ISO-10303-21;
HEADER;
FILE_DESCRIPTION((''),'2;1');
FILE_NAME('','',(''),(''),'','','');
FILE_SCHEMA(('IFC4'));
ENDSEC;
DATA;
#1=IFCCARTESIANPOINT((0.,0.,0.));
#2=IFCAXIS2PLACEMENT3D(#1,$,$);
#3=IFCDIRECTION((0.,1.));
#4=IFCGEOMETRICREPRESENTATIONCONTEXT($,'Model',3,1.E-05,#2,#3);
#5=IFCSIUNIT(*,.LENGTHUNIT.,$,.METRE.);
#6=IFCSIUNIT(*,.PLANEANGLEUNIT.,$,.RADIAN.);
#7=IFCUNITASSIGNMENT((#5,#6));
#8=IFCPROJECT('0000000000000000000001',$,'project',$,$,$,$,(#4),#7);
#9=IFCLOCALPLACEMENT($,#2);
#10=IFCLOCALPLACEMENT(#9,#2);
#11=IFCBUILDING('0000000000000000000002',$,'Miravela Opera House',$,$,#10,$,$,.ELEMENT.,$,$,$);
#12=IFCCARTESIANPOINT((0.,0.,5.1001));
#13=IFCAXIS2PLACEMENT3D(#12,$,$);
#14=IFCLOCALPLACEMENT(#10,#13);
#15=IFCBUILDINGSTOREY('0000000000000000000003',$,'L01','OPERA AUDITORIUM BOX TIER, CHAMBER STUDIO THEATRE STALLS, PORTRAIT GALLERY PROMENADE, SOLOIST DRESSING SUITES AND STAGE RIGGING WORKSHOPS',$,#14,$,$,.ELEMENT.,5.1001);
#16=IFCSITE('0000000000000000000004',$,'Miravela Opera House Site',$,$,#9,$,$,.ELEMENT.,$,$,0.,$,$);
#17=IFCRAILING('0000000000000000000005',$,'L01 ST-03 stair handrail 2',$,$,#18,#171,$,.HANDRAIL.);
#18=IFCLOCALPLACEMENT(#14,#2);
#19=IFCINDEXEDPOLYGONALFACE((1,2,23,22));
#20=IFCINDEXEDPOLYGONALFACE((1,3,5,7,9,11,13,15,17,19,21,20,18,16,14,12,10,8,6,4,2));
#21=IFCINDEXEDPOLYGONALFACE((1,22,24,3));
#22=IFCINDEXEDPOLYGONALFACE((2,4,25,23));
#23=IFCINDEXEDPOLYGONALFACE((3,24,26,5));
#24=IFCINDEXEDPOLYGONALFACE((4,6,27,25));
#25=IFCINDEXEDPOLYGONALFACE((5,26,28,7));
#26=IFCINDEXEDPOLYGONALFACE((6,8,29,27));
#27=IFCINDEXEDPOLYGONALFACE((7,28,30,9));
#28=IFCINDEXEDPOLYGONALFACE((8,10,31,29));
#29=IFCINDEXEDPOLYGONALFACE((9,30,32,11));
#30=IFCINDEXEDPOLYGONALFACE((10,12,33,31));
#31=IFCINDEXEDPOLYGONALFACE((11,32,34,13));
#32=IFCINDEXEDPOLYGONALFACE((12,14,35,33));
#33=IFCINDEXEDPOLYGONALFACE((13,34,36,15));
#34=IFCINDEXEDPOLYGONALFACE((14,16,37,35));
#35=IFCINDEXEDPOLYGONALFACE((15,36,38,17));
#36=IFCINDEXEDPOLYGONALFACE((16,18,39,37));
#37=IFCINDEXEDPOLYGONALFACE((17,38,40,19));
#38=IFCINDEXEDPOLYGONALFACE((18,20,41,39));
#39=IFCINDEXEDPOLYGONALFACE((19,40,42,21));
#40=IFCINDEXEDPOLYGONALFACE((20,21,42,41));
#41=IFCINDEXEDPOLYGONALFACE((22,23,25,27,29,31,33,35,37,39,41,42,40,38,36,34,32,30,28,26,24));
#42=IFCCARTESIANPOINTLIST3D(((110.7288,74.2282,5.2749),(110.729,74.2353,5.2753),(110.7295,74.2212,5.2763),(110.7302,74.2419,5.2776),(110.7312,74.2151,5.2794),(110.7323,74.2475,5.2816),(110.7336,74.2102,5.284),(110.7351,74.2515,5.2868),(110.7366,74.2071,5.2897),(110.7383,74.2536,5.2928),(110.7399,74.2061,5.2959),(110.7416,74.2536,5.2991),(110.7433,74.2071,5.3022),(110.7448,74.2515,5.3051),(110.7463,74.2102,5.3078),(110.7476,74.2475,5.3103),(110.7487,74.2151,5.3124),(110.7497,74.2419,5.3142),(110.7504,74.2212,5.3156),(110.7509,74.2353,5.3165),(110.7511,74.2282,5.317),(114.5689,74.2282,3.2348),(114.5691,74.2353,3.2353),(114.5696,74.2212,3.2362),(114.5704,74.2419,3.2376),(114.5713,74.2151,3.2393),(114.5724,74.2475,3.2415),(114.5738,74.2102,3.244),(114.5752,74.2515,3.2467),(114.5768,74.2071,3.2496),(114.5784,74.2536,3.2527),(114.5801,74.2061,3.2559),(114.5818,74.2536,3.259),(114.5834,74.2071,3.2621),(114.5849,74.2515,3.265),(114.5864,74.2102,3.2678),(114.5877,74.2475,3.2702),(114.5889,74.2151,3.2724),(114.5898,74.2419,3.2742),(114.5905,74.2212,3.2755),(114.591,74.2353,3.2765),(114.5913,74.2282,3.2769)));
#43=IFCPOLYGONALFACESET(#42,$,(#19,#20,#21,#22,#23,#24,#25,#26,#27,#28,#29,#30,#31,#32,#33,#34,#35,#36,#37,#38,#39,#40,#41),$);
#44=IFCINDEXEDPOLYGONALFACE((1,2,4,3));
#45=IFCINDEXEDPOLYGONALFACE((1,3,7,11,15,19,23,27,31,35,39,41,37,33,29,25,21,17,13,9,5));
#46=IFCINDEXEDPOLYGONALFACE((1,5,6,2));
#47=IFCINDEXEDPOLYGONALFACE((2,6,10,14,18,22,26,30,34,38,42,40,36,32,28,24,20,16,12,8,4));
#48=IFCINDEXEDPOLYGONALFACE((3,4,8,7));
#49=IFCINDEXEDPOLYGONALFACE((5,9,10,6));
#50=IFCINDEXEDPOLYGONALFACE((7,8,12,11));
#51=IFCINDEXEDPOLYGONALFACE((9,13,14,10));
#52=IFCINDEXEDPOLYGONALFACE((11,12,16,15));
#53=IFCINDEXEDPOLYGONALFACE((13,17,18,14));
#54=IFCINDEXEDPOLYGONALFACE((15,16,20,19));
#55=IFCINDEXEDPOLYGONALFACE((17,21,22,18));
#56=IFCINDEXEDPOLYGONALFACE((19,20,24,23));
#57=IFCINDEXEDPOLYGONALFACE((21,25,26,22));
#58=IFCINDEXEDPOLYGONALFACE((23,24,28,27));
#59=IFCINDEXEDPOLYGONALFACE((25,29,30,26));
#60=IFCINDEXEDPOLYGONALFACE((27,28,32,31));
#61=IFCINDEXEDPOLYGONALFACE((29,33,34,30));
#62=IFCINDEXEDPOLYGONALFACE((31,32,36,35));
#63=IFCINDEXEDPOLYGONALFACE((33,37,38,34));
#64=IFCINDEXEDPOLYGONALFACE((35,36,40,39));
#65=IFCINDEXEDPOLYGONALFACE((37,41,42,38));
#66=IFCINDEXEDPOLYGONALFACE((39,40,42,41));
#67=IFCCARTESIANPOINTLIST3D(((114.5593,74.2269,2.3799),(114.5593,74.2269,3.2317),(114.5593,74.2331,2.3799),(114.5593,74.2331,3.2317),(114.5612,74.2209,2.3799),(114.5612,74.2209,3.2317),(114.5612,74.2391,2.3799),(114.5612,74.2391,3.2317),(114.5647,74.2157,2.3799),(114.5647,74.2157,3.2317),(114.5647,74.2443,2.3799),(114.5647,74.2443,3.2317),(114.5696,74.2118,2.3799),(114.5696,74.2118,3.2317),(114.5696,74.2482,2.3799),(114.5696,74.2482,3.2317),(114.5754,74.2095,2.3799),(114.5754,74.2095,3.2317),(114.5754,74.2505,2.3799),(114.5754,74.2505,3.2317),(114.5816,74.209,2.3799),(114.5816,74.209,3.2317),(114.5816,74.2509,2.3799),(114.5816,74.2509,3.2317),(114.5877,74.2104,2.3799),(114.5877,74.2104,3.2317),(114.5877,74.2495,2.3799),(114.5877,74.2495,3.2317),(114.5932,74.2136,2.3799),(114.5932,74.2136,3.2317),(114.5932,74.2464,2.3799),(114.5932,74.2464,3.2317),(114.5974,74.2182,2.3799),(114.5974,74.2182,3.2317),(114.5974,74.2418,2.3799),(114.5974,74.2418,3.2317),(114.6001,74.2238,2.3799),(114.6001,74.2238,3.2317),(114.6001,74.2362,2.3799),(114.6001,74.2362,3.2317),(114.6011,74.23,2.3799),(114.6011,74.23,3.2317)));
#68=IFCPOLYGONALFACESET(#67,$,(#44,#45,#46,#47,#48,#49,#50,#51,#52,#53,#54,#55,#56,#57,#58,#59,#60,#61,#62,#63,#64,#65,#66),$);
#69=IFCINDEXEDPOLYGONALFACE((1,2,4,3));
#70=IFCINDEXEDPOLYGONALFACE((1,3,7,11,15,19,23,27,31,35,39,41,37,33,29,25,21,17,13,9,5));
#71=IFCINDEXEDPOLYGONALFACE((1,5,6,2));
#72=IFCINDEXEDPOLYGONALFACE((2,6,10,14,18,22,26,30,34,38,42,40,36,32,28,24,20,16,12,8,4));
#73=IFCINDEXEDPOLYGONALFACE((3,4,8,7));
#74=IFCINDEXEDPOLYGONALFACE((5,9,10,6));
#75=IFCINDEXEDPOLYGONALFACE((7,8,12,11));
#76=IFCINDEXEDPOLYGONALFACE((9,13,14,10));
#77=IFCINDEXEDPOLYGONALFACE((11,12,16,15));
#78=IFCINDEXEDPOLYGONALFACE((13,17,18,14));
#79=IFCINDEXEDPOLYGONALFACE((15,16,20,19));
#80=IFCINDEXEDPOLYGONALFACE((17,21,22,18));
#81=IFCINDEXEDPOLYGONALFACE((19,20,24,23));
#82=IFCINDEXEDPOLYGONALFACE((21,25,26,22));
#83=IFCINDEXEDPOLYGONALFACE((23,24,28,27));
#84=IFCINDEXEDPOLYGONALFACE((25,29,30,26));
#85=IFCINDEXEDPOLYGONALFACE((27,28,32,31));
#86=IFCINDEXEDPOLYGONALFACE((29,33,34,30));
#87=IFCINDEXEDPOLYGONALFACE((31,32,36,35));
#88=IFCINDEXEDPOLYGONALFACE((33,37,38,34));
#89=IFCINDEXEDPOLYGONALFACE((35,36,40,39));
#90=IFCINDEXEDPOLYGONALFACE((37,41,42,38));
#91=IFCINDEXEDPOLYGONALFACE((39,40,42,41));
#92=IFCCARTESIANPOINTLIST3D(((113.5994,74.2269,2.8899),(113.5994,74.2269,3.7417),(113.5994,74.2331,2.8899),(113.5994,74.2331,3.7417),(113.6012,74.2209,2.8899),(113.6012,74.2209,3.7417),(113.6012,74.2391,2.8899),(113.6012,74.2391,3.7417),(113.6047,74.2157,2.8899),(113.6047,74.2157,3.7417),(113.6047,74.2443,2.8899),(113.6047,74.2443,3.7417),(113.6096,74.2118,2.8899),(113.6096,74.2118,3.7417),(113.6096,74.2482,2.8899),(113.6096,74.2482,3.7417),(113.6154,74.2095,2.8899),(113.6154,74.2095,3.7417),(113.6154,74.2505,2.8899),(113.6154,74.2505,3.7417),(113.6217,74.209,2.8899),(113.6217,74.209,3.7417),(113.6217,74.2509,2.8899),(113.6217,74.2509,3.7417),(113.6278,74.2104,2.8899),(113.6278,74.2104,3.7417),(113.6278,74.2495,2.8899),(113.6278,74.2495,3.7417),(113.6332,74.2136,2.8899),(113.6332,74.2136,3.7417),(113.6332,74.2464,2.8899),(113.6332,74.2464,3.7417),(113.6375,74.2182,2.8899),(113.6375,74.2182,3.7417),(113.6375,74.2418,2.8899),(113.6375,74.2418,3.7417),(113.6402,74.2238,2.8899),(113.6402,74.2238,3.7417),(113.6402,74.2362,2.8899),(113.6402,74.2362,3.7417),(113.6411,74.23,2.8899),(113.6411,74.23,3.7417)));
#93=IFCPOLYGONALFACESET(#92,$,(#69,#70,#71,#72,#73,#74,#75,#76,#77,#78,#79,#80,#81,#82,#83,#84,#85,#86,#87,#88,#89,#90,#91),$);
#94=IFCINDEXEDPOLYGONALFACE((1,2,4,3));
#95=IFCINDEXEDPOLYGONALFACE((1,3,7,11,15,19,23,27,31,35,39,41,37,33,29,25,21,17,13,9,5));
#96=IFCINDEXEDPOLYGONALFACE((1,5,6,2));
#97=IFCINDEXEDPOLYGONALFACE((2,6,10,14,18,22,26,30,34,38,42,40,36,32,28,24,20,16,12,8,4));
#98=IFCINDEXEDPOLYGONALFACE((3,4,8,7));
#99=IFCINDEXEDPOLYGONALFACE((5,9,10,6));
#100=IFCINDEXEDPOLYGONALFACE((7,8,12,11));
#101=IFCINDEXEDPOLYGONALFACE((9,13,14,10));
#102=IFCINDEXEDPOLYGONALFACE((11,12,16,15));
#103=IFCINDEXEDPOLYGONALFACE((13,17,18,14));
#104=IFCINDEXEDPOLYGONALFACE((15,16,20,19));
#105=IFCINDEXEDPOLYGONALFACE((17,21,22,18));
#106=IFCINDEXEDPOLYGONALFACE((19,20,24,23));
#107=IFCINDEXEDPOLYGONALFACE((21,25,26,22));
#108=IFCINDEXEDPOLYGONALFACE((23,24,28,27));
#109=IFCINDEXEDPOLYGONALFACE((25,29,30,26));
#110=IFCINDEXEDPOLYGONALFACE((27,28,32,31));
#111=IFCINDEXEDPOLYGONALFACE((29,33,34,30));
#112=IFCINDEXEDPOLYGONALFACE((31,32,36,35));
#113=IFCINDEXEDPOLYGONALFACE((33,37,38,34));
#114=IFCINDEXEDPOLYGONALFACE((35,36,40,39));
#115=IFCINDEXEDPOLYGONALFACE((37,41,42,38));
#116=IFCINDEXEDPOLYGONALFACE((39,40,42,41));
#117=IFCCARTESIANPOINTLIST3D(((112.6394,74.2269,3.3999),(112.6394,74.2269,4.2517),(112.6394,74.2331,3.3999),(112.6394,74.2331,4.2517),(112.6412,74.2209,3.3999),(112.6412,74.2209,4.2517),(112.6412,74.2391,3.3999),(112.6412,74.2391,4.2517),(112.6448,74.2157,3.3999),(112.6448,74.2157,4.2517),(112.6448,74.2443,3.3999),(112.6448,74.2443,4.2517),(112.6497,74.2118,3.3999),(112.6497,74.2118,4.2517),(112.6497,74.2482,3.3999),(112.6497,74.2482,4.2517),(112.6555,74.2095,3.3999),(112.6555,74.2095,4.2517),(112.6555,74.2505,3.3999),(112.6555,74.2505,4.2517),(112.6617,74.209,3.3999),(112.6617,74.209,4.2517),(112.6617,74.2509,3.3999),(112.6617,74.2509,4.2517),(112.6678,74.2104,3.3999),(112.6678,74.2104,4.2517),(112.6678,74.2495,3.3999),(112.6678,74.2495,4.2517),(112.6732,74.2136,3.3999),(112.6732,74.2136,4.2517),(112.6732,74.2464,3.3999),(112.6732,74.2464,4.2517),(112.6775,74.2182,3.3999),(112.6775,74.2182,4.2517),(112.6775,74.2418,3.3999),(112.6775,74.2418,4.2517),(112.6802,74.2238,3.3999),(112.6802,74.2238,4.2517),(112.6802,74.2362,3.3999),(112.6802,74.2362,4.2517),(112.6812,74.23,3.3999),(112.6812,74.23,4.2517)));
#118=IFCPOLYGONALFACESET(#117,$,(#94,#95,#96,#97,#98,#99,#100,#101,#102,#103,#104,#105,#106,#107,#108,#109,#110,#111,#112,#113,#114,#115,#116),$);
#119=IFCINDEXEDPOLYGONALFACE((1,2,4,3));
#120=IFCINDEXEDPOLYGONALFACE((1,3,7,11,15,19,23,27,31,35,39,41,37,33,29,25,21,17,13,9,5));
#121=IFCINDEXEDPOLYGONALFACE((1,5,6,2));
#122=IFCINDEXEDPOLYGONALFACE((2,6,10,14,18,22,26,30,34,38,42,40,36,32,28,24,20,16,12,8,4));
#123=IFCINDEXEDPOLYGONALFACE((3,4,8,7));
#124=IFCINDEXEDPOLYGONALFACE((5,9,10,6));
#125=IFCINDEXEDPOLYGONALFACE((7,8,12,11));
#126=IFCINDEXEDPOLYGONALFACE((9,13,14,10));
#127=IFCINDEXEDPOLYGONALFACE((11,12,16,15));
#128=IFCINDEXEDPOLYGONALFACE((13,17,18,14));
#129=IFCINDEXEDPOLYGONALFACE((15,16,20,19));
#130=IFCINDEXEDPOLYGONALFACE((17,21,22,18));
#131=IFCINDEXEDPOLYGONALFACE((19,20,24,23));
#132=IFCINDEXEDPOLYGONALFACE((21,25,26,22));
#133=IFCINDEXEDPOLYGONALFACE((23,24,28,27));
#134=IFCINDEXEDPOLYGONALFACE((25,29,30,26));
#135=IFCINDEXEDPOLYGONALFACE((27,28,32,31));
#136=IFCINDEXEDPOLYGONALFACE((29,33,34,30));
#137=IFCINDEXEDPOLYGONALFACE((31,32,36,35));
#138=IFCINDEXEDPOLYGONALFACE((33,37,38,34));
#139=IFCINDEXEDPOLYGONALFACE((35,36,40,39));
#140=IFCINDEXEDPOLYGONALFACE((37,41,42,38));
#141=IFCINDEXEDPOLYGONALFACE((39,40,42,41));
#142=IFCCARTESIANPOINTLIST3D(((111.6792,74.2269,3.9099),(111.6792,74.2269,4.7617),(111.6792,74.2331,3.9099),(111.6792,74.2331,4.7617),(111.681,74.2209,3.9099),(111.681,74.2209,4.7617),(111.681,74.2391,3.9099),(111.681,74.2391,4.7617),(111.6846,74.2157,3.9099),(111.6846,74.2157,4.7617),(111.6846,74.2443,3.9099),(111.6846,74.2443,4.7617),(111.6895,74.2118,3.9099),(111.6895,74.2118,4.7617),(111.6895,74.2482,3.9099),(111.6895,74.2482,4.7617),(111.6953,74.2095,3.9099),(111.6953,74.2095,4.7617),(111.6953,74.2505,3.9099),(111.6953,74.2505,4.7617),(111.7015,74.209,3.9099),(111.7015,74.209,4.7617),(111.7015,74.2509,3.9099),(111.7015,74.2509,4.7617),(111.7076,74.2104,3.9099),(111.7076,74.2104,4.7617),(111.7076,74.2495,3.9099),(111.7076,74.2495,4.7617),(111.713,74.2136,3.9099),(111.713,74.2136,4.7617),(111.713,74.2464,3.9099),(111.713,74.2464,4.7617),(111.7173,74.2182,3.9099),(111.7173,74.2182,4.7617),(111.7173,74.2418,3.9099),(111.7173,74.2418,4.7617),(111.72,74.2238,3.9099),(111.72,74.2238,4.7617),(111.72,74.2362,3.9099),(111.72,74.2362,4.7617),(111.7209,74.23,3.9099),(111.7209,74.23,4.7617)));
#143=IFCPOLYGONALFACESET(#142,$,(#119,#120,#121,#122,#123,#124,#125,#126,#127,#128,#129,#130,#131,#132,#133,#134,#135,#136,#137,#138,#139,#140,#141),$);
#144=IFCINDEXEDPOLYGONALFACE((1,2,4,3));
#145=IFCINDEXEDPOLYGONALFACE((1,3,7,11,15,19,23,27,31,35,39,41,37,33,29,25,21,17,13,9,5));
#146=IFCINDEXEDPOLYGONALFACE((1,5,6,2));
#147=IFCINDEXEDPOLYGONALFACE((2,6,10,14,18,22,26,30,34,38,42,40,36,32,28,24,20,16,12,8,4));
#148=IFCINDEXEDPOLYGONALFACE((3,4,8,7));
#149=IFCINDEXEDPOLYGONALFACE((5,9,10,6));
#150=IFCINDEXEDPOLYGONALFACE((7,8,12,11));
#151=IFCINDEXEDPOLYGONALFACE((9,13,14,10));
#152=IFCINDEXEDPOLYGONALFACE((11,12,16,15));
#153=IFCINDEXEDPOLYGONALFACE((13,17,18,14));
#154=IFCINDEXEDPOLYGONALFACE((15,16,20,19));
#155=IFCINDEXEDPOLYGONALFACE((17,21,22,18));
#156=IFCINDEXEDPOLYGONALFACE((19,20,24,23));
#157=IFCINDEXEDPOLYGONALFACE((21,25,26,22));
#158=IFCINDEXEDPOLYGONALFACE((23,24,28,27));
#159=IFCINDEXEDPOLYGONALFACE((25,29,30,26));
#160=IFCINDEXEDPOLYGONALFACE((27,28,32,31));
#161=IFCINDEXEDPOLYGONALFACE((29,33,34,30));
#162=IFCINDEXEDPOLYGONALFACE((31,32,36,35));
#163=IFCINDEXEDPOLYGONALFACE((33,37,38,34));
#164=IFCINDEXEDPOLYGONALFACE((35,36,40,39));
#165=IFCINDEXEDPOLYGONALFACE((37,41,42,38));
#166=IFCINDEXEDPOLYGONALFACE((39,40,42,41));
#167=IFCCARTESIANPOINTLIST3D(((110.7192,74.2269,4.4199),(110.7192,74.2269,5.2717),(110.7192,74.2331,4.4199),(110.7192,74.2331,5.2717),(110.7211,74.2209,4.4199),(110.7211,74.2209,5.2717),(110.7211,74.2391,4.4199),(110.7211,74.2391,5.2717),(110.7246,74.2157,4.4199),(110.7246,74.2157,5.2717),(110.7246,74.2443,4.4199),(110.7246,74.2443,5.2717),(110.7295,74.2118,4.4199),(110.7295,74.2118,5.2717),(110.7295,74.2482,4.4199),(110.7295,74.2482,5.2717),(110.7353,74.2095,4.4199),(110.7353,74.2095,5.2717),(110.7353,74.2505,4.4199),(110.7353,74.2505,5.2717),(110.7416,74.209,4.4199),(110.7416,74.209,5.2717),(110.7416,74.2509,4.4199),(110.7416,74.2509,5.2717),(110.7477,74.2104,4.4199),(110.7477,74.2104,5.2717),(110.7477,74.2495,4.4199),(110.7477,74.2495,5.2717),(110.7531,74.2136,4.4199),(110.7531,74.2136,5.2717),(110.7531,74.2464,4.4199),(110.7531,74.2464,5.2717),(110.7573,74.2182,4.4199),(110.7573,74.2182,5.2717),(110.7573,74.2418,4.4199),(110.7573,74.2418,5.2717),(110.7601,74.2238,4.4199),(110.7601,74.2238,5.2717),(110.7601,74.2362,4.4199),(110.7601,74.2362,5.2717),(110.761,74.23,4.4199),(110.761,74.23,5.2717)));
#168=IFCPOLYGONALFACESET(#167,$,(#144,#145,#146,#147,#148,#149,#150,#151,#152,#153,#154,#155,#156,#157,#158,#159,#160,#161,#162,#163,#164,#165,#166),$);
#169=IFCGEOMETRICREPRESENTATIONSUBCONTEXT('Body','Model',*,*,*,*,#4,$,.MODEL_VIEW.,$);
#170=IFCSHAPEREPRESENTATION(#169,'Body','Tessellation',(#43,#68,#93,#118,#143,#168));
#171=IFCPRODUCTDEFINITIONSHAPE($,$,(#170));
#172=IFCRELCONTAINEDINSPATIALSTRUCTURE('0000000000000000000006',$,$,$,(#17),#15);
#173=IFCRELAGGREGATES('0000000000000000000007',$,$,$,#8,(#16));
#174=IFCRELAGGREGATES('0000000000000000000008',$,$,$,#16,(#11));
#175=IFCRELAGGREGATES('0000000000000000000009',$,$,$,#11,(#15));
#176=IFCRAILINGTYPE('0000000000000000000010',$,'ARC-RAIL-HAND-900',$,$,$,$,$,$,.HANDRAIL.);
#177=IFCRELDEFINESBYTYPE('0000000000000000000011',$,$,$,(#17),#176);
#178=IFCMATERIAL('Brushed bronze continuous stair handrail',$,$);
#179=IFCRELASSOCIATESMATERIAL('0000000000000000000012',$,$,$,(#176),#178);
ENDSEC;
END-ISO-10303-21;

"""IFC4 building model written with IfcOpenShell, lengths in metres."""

from ifc_helpers import new_model, si_unit, direction, frame, origin, origin_2d, place, context, subcontext, project, spatial, circle, extrude, material, type_object, element, save


model = new_model("IFC4")

# Units and contexts
model_context = context("Model", 3, precision=1e-05, world=origin(), true_north=direction((0.0, 1.0)))
body_context = subcontext(model_context, "Body", "Model", "MODEL_VIEW")
ifc_project = project(units=[si_unit("LENGTHUNIT", "METRE"), si_unit("PLANEANGLEUNIT", "RADIAN")], contexts=[model_context])

# Site, building, storey
site_placement = place(None, origin())
site = spatial("IfcSite", under=ifc_project, at=site_placement, Name="Miravela Opera House Site", CompositionType="ELEMENT", RefElevation=0.0)
building_placement = place(site_placement, origin())
building = spatial("IfcBuilding", under=site, at=building_placement, Name="Miravela Opera House", CompositionType="ELEMENT")
storey_placement = place(building_placement, frame((0.0, 0.0, 5.1001)))
storey = spatial("IfcBuildingStorey", under=building, at=storey_placement, Name="L01", Description="OPERA AUDITORIUM BOX TIER, CHAMBER STUDIO THEATRE STALLS, PORTRAIT GALLERY PROMENADE, SOLOIST DRESSING SUITES AND STAGE RIGGING WORKSHOPS", CompositionType="ELEMENT", Elevation=5.1001)

# Railing
ifc_material_1 = material(Name="Brushed bronze continuous stair handrail")
railing_type_1 = type_object("IfcRailingType", Name="ARC-RAIL-HAND-900", PredefinedType="HANDRAIL", material=ifc_material_1)
railing_1_placement = place(storey_placement, frame((114.5801, 74.23, 2.3799)))
element("IfcRailing", 1, at=railing_1_placement, inside=storey, type_object=railing_type_1, Name="L01 ST-03 stair handrail 2", PredefinedType="HANDRAIL", context=body_context, shape_type="SweptSolid", body=[
    extrude(circle(Radius=0.0239, at=origin_2d()), frame((0.0, 0.0, 0.876), z_axis=(-0.883116, 0.0, 0.469154), x_axis=(0.0, -1.0, 0.0)), (0.0, 0.0, 1.0), 4.3484),
    extrude(circle(Radius=0.021, at=origin_2d()), origin(), (0.0, 0.0, 1.0), 0.8518),
    extrude(circle(Radius=0.021, at=origin_2d()), frame((-0.96, 0.0, 0.51)), (0.0, 0.0, 1.0), 0.8518),
    extrude(circle(Radius=0.021, at=origin_2d()), frame((-1.9199, 0.0, 1.02)), (0.0, 0.0, 1.0), 0.8518),
    extrude(circle(Radius=0.021, at=origin_2d()), frame((-2.8801, 0.0, 1.53)), (0.0, 0.0, 1.0), 0.8518),
    extrude(circle(Radius=0.021, at=origin_2d()), frame((-3.8401, 0.0, 2.04)), (0.0, 0.0, 1.0), 0.8518),
])

save(model, "model.ifc")
